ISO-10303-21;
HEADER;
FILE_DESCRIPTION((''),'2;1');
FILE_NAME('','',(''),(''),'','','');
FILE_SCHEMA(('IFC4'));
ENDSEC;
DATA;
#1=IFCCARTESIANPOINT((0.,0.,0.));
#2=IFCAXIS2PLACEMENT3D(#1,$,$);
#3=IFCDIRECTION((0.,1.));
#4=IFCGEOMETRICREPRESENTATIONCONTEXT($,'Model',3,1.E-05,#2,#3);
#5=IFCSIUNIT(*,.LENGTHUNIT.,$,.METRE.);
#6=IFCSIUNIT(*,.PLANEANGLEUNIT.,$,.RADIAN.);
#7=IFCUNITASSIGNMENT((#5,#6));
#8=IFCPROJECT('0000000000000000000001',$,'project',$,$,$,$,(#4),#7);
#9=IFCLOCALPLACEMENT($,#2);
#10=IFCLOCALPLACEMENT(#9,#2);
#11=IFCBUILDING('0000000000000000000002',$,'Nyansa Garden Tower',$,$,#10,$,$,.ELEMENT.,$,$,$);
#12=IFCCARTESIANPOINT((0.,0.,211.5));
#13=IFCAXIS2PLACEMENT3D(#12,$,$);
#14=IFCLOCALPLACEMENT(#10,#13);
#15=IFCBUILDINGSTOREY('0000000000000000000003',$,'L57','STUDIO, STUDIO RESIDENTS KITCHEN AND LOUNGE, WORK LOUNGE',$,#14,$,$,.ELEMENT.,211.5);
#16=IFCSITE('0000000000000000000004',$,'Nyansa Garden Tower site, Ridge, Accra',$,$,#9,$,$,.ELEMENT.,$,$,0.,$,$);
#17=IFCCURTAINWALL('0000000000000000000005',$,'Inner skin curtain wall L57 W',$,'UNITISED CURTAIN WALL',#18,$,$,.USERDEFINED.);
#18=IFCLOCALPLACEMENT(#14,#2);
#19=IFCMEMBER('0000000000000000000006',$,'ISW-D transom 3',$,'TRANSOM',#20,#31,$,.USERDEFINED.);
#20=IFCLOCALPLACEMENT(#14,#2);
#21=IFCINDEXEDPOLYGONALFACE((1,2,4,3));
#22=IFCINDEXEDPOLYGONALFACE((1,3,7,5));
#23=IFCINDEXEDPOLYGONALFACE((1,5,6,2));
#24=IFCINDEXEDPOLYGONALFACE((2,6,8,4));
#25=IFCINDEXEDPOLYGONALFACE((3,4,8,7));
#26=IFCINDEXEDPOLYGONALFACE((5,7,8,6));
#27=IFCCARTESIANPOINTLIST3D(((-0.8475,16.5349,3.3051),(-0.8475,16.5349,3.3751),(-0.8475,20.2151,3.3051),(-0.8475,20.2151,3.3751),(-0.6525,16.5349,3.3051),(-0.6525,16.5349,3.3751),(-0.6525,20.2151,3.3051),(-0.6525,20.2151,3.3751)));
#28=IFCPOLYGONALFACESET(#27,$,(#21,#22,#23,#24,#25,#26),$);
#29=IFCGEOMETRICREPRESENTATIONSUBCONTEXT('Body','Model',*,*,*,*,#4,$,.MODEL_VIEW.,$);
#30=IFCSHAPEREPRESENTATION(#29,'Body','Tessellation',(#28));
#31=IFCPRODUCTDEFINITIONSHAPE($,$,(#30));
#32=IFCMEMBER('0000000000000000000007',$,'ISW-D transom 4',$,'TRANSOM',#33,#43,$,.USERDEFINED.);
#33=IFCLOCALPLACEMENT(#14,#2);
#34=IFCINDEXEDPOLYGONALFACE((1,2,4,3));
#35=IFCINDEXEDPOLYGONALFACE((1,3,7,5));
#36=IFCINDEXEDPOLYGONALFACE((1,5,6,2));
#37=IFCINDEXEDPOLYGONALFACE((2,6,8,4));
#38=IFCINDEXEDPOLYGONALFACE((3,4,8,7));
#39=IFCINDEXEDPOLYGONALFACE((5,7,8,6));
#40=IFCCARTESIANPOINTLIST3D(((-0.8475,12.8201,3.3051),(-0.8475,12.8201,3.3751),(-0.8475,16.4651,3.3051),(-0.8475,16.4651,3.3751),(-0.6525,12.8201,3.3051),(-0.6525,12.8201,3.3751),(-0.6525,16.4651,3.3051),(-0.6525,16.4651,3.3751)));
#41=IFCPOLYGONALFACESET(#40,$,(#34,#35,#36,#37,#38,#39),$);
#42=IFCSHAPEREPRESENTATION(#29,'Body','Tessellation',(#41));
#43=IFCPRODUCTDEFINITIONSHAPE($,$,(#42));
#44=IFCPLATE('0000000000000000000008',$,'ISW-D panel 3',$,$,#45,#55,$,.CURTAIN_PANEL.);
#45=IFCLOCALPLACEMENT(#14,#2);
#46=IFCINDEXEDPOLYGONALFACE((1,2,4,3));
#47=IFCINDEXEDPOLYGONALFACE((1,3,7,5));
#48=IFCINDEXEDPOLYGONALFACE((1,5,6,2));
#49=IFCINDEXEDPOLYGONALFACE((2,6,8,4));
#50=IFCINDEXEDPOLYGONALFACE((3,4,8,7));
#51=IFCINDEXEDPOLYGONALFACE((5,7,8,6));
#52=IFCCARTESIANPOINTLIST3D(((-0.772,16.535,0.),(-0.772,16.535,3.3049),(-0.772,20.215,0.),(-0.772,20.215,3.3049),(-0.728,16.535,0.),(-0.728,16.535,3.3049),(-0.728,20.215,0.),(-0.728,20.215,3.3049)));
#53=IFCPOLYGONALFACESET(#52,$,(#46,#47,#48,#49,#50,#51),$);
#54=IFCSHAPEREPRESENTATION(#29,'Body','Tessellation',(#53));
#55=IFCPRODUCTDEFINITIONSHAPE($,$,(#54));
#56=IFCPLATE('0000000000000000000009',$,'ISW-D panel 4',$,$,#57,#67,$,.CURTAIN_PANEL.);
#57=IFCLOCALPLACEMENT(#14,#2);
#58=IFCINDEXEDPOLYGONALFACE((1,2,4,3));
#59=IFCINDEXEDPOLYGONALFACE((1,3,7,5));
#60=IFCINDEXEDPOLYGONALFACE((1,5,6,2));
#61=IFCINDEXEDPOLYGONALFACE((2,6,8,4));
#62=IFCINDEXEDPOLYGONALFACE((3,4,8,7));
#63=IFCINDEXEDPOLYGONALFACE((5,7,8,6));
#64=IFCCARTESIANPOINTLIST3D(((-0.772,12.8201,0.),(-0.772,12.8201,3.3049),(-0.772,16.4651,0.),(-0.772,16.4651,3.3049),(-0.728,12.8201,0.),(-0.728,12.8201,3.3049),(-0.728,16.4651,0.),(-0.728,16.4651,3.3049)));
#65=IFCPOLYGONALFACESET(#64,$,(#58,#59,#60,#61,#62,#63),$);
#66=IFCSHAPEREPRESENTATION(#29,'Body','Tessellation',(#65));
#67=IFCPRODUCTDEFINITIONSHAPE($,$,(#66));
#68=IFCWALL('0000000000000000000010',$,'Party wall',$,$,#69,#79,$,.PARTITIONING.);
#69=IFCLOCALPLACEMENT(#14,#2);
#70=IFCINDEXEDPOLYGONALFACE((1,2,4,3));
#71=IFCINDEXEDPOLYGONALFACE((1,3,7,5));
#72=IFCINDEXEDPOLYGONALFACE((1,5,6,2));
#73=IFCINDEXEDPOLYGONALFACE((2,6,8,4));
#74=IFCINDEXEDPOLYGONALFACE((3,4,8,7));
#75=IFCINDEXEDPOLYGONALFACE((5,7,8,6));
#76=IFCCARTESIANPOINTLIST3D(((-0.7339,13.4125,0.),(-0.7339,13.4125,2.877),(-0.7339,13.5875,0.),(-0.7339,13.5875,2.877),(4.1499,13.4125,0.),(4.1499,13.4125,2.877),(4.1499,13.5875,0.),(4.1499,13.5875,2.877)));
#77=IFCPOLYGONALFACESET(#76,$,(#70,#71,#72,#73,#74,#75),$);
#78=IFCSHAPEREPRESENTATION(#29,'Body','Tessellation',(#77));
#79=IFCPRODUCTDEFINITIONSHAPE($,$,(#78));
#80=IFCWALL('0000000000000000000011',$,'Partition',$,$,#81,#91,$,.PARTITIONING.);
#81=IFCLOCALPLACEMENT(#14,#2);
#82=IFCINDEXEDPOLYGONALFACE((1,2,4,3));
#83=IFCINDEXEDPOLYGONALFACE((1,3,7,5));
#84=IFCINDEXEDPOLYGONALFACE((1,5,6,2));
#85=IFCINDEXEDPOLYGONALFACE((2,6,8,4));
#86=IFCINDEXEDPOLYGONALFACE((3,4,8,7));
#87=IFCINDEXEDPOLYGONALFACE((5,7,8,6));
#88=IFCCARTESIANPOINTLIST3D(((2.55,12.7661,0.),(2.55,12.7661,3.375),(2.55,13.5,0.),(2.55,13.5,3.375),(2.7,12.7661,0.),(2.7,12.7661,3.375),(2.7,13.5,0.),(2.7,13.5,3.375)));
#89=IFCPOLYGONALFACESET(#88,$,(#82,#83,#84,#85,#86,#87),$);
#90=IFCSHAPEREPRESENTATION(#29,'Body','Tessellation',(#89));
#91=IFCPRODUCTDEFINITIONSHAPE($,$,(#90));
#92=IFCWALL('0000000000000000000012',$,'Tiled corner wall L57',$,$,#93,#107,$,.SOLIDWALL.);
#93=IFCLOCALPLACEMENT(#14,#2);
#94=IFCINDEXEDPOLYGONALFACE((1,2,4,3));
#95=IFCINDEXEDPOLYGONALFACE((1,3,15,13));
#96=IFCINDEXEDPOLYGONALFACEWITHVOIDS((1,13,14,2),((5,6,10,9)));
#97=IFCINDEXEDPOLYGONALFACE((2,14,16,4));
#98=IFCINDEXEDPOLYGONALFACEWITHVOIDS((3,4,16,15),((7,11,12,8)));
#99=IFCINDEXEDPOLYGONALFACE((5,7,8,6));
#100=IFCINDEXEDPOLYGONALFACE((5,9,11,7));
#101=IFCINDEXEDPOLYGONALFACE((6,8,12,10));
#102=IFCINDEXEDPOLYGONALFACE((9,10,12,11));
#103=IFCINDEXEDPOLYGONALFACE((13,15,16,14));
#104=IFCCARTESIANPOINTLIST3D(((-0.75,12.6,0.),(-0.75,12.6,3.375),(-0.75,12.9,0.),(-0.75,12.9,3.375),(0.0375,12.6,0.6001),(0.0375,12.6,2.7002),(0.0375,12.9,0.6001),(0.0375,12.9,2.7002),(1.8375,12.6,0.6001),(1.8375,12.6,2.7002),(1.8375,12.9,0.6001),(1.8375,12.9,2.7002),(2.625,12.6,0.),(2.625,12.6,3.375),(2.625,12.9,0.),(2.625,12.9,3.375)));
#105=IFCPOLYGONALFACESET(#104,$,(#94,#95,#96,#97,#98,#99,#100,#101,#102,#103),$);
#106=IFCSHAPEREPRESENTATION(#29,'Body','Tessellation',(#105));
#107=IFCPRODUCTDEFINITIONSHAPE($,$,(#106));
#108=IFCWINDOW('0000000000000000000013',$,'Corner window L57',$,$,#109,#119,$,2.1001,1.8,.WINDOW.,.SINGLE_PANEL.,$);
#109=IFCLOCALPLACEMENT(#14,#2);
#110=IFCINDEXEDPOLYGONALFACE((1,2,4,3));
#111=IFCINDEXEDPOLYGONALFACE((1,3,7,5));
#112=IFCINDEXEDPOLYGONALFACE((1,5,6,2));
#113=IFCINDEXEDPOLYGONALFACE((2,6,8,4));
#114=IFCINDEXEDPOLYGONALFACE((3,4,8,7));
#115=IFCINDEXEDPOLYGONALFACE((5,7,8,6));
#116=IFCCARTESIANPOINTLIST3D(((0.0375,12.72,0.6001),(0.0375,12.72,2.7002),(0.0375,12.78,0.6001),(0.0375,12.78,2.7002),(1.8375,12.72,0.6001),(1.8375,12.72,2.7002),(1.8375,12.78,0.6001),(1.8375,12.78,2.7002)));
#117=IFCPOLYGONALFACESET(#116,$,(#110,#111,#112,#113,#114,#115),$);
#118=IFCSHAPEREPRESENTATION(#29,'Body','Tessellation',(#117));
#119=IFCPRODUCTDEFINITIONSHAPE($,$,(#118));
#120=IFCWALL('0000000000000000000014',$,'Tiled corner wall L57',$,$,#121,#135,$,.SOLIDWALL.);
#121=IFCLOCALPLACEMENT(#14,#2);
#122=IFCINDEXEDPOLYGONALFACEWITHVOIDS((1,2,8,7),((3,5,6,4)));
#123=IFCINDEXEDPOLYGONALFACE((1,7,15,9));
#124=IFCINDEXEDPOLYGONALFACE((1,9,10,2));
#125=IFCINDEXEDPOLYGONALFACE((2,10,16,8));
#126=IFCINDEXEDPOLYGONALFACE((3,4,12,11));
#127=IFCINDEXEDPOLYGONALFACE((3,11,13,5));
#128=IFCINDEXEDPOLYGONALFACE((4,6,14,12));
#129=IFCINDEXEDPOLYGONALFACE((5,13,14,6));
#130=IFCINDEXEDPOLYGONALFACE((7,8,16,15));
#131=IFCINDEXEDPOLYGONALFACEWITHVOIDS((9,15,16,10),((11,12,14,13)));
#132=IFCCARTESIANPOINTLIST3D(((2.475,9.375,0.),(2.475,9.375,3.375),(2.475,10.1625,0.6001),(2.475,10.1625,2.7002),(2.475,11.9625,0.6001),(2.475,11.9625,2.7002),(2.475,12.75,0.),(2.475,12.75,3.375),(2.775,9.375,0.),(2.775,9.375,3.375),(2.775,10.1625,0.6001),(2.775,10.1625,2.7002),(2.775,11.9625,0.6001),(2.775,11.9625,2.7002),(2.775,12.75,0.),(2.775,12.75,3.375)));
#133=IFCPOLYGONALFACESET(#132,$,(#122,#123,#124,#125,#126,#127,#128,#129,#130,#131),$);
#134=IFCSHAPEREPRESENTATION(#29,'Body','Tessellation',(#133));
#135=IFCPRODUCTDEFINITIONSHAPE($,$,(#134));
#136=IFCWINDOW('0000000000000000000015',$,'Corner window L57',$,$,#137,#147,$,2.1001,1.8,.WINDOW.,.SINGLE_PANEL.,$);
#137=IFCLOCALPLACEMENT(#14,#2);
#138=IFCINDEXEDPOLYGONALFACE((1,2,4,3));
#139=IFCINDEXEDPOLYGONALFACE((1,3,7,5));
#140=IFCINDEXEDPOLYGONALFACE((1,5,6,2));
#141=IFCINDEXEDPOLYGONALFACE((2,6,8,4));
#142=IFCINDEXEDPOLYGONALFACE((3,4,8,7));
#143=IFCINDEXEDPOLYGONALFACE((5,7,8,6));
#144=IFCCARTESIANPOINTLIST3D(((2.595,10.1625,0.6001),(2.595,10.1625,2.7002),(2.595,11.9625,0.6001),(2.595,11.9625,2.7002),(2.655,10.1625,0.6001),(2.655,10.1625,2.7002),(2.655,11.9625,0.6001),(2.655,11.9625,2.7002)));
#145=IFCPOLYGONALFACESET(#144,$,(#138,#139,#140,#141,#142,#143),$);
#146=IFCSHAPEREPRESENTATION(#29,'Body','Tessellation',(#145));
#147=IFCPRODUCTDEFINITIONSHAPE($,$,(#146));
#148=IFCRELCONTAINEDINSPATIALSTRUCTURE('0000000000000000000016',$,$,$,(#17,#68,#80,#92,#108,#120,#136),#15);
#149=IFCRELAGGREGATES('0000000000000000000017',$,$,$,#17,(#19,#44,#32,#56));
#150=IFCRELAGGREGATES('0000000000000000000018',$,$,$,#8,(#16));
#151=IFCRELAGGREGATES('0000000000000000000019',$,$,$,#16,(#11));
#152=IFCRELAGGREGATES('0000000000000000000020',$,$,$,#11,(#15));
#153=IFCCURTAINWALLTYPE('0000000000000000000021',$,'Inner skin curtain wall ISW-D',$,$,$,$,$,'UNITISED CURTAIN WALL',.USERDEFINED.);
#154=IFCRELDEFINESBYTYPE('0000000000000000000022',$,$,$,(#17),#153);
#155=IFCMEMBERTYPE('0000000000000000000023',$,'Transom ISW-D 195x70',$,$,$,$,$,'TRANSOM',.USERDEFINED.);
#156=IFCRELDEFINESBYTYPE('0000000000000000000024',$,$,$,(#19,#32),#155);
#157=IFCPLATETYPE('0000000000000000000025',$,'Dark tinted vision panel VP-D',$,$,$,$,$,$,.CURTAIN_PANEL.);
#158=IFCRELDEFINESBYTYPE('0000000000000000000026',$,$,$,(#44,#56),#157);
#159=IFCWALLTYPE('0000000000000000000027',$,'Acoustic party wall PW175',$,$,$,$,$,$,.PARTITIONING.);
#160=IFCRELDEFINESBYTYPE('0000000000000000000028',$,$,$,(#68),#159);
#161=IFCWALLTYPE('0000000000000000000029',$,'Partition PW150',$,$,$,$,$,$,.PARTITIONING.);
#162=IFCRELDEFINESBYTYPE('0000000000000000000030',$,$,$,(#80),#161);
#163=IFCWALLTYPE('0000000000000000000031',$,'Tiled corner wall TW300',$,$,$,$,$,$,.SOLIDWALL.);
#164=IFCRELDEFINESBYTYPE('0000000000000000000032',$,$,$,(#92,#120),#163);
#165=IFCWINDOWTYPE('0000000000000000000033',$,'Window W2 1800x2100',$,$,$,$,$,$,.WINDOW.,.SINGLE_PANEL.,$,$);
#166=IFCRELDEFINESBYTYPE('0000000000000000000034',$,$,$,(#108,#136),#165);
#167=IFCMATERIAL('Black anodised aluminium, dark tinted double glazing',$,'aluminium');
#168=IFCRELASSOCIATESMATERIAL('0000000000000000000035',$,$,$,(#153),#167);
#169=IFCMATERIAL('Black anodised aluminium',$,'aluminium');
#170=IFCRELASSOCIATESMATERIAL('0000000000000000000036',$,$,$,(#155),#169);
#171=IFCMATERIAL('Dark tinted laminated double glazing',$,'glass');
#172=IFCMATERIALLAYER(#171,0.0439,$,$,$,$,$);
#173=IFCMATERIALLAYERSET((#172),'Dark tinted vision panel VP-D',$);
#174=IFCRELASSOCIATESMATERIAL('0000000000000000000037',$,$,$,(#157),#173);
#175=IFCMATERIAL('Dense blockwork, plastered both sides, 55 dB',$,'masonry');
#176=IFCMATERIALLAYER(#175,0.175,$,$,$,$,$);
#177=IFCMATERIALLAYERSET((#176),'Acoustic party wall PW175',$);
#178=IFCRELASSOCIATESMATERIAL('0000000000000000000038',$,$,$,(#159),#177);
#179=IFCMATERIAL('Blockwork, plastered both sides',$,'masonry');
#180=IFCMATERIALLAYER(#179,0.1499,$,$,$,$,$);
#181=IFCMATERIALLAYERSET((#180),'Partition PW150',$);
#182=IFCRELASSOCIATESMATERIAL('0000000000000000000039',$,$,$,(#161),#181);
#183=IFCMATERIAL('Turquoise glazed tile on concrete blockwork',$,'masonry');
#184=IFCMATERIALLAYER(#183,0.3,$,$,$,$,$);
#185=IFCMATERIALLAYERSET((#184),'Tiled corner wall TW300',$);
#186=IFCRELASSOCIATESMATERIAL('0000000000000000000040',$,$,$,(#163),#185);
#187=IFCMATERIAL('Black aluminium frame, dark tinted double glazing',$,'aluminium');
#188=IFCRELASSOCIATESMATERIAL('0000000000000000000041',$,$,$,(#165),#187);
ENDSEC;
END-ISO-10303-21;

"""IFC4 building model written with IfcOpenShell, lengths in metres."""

from ifc_helpers import new_model, si_unit, direction, frame, frame_2d, origin, origin_2d, place, context, subcontext, project, spatial, rectangle, extrude, material, layer, layer_set, material_profile, profile_set, type_object, element, fill, aggregate, save


model = new_model("IFC4")

# Units and contexts
model_context = context("Model", 3, precision=1e-05, world=origin(), true_north=direction((0.0, 1.0)))
body_context = subcontext(model_context, "Body", "Model", "MODEL_VIEW")
ifc_project = project(units=[si_unit("LENGTHUNIT", "METRE"), si_unit("PLANEANGLEUNIT", "RADIAN")], contexts=[model_context])

# Site, building, storey
site_placement = place(None, origin())
site = spatial("IfcSite", under=ifc_project, at=site_placement, Name="Nyansa Garden Tower site, Ridge, Accra", CompositionType="ELEMENT", RefElevation=0.0)
building_placement = place(site_placement, origin())
building = spatial("IfcBuilding", under=site, at=building_placement, Name="Nyansa Garden Tower", CompositionType="ELEMENT")
storey_placement = place(building_placement, frame((0.0, 0.0, 211.5)))
storey = spatial("IfcBuildingStorey", under=building, at=storey_placement, Name="L57", Description="STUDIO, STUDIO RESIDENTS KITCHEN AND LOUNGE, WORK LOUNGE", CompositionType="ELEMENT", Elevation=211.5)

# Curtain wall
ifc_material_1 = material(Name="Black anodised aluminium, dark tinted double glazing", Category="aluminium")
curtain_wall_type = type_object("IfcCurtainWallType", Name="Inner skin curtain wall ISW-D", ElementType="UNITISED CURTAIN WALL", PredefinedType="USERDEFINED", material=ifc_material_1)
curtain_wall_placement = place(storey_placement, origin())
curtain_wall = element("IfcCurtainWall", 1, at=curtain_wall_placement, inside=storey, type_object=curtain_wall_type, Name="Inner skin curtain wall L57 W", ObjectType="UNITISED CURTAIN WALL", PredefinedType="USERDEFINED")

# Members
ifc_material_2 = material(Name="Black anodised aluminium", Category="aluminium")
ifc_material_profile_1 = material_profile(ifc_material_2, rectangle(XDim=0.1951, YDim=0.0701, at=origin_2d()), Name="Transom 195x70")
ifc_profile_set_1 = profile_set([ifc_material_profile_1], Name="Black anodised aluminium")
member_type_1 = type_object("IfcMemberType", Name="Transom ISW-D 195x70", ElementType="TRANSOM", PredefinedType="USERDEFINED", material=ifc_profile_set_1)
member_1_placement = place(storey_placement, frame((-0.75, 20.2151, 3.3401), z_axis=(0.0, -1.0, 0.0), x_axis=(1.0, 0.0, 0.0)))
member_1 = element("IfcMember", 2, at=member_1_placement, type_object=member_type_1, Name="ISW-D transom 3", ObjectType="TRANSOM", PredefinedType="USERDEFINED", context=body_context, shape_type="SweptSolid", body=[
    extrude(rectangle(XDim=0.1951, YDim=0.0701, at=origin_2d()), origin(), (0.0, 0.0, 1.0), 3.6802),
])
member_2_placement = place(storey_placement, frame((-0.75, 16.4651, 3.3401), z_axis=(0.0, -1.0, 0.0), x_axis=(1.0, 0.0, 0.0)))
member_2 = element("IfcMember", 3, at=member_2_placement, type_object=member_type_1, Name="ISW-D transom 4", ObjectType="TRANSOM", PredefinedType="USERDEFINED", context=body_context, shape_type="SweptSolid", body=[
    extrude(rectangle(XDim=0.1951, YDim=0.0701, at=origin_2d()), origin(), (0.0, 0.0, 1.0), 3.645),
])

# Plates
ifc_material_3 = material(Name="Dark tinted laminated double glazing", Category="glass")
ifc_layer_1 = layer(ifc_material_3, 0.0439)
ifc_layer_set_1 = layer_set([ifc_layer_1], Name="Dark tinted vision panel VP-D")
plate_type = type_object("IfcPlateType", Name="Dark tinted vision panel VP-D", PredefinedType="CURTAIN_PANEL", material=ifc_layer_set_1)
plate_1_placement = place(storey_placement, frame((-0.75, 18.375, 0.0), z_axis=(0.0, 0.0, 1.0), x_axis=(0.0, -1.0, 0.0)))
plate_1 = element("IfcPlate", 4, at=plate_1_placement, type_object=plate_type, Name="ISW-D panel 3", PredefinedType="CURTAIN_PANEL", context=body_context, shape_type="SweptSolid", body=[
    extrude(rectangle(XDim=3.6799, YDim=0.0439, at=origin_2d()), origin(), (0.0, 0.0, 1.0), 3.3049),
])
plate_2_placement = place(storey_placement, frame((-0.75, 14.6426, 0.0), z_axis=(0.0, 0.0, 1.0), x_axis=(0.0, -1.0, 0.0)))
plate_2 = element("IfcPlate", 5, at=plate_2_placement, type_object=plate_type, Name="ISW-D panel 4", PredefinedType="CURTAIN_PANEL", context=body_context, shape_type="SweptSolid", body=[
    extrude(rectangle(XDim=3.645, YDim=0.0439, at=origin_2d()), origin(), (0.0, 0.0, 1.0), 3.3049),
])
aggregate(curtain_wall, [member_1, plate_1, member_2, plate_2])

# Walls
ifc_material_4 = material(Name="Dense blockwork, plastered both sides, 55 dB", Category="masonry")
ifc_layer_2 = layer(ifc_material_4, 0.175)
ifc_layer_set_2 = layer_set([ifc_layer_2], Name="Acoustic party wall PW175")
wall_type_1 = type_object("IfcWallType", Name="Acoustic party wall PW175", PredefinedType="PARTITIONING", material=ifc_layer_set_2)
wall_1_placement = place(storey_placement, frame((-0.7339, 13.5, 0.0), z_axis=(0.0, 0.0, 1.0), x_axis=(1.0, 0.0, 0.0)))
element("IfcWall", 6, at=wall_1_placement, inside=storey, type_object=wall_type_1, Name="Party wall", PredefinedType="PARTITIONING", context=body_context, shape_type="SweptSolid", body=[
    extrude(rectangle(XDim=4.8838, YDim=0.175, at=frame_2d((2.4419, 0.0))), origin(), (0.0, 0.0, 1.0), 2.877),
])
ifc_material_5 = material(Name="Blockwork, plastered both sides", Category="masonry")
ifc_layer_3 = layer(ifc_material_5, 0.1499)
ifc_layer_set_3 = layer_set([ifc_layer_3], Name="Partition PW150")
wall_type_2 = type_object("IfcWallType", Name="Partition PW150", PredefinedType="PARTITIONING", material=ifc_layer_set_3)
wall_2_placement = place(storey_placement, frame((2.625, 12.7661, 0.0), z_axis=(0.0, 0.0, 1.0), x_axis=(0.0, 1.0, 0.0)))
element("IfcWall", 7, at=wall_2_placement, inside=storey, type_object=wall_type_2, Name="Partition", PredefinedType="PARTITIONING", context=body_context, shape_type="SweptSolid", body=[
    extrude(rectangle(XDim=0.7339, YDim=0.1499, at=frame_2d((0.3669, 0.0))), origin(), (0.0, 0.0, 1.0), 3.375),
])

# Walls, openings, windows
ifc_material_6 = material(Name="Turquoise glazed tile on concrete blockwork", Category="masonry")
ifc_layer_4 = layer(ifc_material_6, 0.3)
ifc_layer_set_4 = layer_set([ifc_layer_4], Name="Tiled corner wall TW300")
wall_type_3 = type_object("IfcWallType", Name="Tiled corner wall TW300", PredefinedType="SOLIDWALL", material=ifc_layer_set_4)
wall_3_placement = place(storey_placement, frame((-0.75, 12.75, 0.0), z_axis=(0.0, 0.0, 1.0), x_axis=(1.0, 0.0, 0.0)))
wall_3 = element("IfcWall", 8, at=wall_3_placement, inside=storey, type_object=wall_type_3, Name="Tiled corner wall L57", PredefinedType="SOLIDWALL", context=body_context, shape_type="SweptSolid", body=[
    extrude(rectangle(XDim=3.375, YDim=0.3, at=frame_2d((1.6875, 0.0))), origin(), (0.0, 0.0, 1.0), 3.375),
])
opening_1_placement = place(wall_3_placement, frame((0.7876, 0.0, 0.6001)))
opening_1 = element("IfcOpeningElement", 9, at=opening_1_placement, cuts=wall_3, PredefinedType="OPENING", context=body_context, shape_type="SweptSolid", body=[
    extrude(rectangle(XDim=1.8, YDim=2.1001, at=frame_2d((0.8999, 1.05))), frame((0.0, 0.1599, 0.0), z_axis=(0.0, -1.0, 0.0), x_axis=(1.0, 0.0, 0.0)), (0.0, 0.0, 1.0), 0.3201),
])
ifc_material_7 = material(Name="Black aluminium frame, dark tinted double glazing", Category="aluminium")
window_type = type_object("IfcWindowType", Name="Window W2 1800x2100", PartitioningType="SINGLE_PANEL", PredefinedType="WINDOW", material=ifc_material_7)
window_1_placement = place(opening_1_placement, origin())
window_1 = element("IfcWindow", 10, at=window_1_placement, inside=storey, type_object=window_type, Name="Corner window L57", OverallHeight=2.1001, OverallWidth=1.8, PartitioningType="SINGLE_PANEL", PredefinedType="WINDOW", context=body_context, shape_type="SweptSolid", body=[
    extrude(rectangle(XDim=1.8, YDim=2.1001, at=frame_2d((0.8999, 1.05))), frame((0.0, 0.03, 0.0), z_axis=(0.0, -1.0, 0.0), x_axis=(1.0, 0.0, 0.0)), (0.0, 0.0, 1.0), 0.0601),
])
fill(opening_1, window_1)
wall_4_placement = place(storey_placement, frame((2.625, 12.75, 0.0), z_axis=(0.0, 0.0, 1.0), x_axis=(0.0, -1.0, 0.0)))
wall_4 = element("IfcWall", 11, at=wall_4_placement, inside=storey, type_object=wall_type_3, Name="Tiled corner wall L57", PredefinedType="SOLIDWALL", context=body_context, shape_type="SweptSolid", body=[
    extrude(rectangle(XDim=3.375, YDim=0.3, at=frame_2d((1.6875, 0.0))), origin(), (0.0, 0.0, 1.0), 3.375),
])
opening_2_placement = place(wall_4_placement, frame((0.7876, 0.0, 0.6001)))
opening_2 = element("IfcOpeningElement", 12, at=opening_2_placement, cuts=wall_4, PredefinedType="OPENING", context=body_context, shape_type="SweptSolid", body=[
    extrude(rectangle(XDim=1.8, YDim=2.1001, at=frame_2d((0.8999, 1.05))), frame((0.0, 0.1599, 0.0), z_axis=(0.0, -1.0, 0.0), x_axis=(1.0, 0.0, 0.0)), (0.0, 0.0, 1.0), 0.3201),
])
window_2_placement = place(opening_2_placement, origin())
window_2 = element("IfcWindow", 13, at=window_2_placement, inside=storey, type_object=window_type, Name="Corner window L57", OverallHeight=2.1001, OverallWidth=1.8, PartitioningType="SINGLE_PANEL", PredefinedType="WINDOW", context=body_context, shape_type="SweptSolid", body=[
    extrude(rectangle(XDim=1.8, YDim=2.1001, at=frame_2d((0.8999, 1.05))), frame((0.0, 0.03, 0.0), z_axis=(0.0, -1.0, 0.0), x_axis=(1.0, 0.0, 0.0)), (0.0, 0.0, 1.0), 0.0601),
])
fill(opening_2, window_2)

save(model, "model.ifc")
